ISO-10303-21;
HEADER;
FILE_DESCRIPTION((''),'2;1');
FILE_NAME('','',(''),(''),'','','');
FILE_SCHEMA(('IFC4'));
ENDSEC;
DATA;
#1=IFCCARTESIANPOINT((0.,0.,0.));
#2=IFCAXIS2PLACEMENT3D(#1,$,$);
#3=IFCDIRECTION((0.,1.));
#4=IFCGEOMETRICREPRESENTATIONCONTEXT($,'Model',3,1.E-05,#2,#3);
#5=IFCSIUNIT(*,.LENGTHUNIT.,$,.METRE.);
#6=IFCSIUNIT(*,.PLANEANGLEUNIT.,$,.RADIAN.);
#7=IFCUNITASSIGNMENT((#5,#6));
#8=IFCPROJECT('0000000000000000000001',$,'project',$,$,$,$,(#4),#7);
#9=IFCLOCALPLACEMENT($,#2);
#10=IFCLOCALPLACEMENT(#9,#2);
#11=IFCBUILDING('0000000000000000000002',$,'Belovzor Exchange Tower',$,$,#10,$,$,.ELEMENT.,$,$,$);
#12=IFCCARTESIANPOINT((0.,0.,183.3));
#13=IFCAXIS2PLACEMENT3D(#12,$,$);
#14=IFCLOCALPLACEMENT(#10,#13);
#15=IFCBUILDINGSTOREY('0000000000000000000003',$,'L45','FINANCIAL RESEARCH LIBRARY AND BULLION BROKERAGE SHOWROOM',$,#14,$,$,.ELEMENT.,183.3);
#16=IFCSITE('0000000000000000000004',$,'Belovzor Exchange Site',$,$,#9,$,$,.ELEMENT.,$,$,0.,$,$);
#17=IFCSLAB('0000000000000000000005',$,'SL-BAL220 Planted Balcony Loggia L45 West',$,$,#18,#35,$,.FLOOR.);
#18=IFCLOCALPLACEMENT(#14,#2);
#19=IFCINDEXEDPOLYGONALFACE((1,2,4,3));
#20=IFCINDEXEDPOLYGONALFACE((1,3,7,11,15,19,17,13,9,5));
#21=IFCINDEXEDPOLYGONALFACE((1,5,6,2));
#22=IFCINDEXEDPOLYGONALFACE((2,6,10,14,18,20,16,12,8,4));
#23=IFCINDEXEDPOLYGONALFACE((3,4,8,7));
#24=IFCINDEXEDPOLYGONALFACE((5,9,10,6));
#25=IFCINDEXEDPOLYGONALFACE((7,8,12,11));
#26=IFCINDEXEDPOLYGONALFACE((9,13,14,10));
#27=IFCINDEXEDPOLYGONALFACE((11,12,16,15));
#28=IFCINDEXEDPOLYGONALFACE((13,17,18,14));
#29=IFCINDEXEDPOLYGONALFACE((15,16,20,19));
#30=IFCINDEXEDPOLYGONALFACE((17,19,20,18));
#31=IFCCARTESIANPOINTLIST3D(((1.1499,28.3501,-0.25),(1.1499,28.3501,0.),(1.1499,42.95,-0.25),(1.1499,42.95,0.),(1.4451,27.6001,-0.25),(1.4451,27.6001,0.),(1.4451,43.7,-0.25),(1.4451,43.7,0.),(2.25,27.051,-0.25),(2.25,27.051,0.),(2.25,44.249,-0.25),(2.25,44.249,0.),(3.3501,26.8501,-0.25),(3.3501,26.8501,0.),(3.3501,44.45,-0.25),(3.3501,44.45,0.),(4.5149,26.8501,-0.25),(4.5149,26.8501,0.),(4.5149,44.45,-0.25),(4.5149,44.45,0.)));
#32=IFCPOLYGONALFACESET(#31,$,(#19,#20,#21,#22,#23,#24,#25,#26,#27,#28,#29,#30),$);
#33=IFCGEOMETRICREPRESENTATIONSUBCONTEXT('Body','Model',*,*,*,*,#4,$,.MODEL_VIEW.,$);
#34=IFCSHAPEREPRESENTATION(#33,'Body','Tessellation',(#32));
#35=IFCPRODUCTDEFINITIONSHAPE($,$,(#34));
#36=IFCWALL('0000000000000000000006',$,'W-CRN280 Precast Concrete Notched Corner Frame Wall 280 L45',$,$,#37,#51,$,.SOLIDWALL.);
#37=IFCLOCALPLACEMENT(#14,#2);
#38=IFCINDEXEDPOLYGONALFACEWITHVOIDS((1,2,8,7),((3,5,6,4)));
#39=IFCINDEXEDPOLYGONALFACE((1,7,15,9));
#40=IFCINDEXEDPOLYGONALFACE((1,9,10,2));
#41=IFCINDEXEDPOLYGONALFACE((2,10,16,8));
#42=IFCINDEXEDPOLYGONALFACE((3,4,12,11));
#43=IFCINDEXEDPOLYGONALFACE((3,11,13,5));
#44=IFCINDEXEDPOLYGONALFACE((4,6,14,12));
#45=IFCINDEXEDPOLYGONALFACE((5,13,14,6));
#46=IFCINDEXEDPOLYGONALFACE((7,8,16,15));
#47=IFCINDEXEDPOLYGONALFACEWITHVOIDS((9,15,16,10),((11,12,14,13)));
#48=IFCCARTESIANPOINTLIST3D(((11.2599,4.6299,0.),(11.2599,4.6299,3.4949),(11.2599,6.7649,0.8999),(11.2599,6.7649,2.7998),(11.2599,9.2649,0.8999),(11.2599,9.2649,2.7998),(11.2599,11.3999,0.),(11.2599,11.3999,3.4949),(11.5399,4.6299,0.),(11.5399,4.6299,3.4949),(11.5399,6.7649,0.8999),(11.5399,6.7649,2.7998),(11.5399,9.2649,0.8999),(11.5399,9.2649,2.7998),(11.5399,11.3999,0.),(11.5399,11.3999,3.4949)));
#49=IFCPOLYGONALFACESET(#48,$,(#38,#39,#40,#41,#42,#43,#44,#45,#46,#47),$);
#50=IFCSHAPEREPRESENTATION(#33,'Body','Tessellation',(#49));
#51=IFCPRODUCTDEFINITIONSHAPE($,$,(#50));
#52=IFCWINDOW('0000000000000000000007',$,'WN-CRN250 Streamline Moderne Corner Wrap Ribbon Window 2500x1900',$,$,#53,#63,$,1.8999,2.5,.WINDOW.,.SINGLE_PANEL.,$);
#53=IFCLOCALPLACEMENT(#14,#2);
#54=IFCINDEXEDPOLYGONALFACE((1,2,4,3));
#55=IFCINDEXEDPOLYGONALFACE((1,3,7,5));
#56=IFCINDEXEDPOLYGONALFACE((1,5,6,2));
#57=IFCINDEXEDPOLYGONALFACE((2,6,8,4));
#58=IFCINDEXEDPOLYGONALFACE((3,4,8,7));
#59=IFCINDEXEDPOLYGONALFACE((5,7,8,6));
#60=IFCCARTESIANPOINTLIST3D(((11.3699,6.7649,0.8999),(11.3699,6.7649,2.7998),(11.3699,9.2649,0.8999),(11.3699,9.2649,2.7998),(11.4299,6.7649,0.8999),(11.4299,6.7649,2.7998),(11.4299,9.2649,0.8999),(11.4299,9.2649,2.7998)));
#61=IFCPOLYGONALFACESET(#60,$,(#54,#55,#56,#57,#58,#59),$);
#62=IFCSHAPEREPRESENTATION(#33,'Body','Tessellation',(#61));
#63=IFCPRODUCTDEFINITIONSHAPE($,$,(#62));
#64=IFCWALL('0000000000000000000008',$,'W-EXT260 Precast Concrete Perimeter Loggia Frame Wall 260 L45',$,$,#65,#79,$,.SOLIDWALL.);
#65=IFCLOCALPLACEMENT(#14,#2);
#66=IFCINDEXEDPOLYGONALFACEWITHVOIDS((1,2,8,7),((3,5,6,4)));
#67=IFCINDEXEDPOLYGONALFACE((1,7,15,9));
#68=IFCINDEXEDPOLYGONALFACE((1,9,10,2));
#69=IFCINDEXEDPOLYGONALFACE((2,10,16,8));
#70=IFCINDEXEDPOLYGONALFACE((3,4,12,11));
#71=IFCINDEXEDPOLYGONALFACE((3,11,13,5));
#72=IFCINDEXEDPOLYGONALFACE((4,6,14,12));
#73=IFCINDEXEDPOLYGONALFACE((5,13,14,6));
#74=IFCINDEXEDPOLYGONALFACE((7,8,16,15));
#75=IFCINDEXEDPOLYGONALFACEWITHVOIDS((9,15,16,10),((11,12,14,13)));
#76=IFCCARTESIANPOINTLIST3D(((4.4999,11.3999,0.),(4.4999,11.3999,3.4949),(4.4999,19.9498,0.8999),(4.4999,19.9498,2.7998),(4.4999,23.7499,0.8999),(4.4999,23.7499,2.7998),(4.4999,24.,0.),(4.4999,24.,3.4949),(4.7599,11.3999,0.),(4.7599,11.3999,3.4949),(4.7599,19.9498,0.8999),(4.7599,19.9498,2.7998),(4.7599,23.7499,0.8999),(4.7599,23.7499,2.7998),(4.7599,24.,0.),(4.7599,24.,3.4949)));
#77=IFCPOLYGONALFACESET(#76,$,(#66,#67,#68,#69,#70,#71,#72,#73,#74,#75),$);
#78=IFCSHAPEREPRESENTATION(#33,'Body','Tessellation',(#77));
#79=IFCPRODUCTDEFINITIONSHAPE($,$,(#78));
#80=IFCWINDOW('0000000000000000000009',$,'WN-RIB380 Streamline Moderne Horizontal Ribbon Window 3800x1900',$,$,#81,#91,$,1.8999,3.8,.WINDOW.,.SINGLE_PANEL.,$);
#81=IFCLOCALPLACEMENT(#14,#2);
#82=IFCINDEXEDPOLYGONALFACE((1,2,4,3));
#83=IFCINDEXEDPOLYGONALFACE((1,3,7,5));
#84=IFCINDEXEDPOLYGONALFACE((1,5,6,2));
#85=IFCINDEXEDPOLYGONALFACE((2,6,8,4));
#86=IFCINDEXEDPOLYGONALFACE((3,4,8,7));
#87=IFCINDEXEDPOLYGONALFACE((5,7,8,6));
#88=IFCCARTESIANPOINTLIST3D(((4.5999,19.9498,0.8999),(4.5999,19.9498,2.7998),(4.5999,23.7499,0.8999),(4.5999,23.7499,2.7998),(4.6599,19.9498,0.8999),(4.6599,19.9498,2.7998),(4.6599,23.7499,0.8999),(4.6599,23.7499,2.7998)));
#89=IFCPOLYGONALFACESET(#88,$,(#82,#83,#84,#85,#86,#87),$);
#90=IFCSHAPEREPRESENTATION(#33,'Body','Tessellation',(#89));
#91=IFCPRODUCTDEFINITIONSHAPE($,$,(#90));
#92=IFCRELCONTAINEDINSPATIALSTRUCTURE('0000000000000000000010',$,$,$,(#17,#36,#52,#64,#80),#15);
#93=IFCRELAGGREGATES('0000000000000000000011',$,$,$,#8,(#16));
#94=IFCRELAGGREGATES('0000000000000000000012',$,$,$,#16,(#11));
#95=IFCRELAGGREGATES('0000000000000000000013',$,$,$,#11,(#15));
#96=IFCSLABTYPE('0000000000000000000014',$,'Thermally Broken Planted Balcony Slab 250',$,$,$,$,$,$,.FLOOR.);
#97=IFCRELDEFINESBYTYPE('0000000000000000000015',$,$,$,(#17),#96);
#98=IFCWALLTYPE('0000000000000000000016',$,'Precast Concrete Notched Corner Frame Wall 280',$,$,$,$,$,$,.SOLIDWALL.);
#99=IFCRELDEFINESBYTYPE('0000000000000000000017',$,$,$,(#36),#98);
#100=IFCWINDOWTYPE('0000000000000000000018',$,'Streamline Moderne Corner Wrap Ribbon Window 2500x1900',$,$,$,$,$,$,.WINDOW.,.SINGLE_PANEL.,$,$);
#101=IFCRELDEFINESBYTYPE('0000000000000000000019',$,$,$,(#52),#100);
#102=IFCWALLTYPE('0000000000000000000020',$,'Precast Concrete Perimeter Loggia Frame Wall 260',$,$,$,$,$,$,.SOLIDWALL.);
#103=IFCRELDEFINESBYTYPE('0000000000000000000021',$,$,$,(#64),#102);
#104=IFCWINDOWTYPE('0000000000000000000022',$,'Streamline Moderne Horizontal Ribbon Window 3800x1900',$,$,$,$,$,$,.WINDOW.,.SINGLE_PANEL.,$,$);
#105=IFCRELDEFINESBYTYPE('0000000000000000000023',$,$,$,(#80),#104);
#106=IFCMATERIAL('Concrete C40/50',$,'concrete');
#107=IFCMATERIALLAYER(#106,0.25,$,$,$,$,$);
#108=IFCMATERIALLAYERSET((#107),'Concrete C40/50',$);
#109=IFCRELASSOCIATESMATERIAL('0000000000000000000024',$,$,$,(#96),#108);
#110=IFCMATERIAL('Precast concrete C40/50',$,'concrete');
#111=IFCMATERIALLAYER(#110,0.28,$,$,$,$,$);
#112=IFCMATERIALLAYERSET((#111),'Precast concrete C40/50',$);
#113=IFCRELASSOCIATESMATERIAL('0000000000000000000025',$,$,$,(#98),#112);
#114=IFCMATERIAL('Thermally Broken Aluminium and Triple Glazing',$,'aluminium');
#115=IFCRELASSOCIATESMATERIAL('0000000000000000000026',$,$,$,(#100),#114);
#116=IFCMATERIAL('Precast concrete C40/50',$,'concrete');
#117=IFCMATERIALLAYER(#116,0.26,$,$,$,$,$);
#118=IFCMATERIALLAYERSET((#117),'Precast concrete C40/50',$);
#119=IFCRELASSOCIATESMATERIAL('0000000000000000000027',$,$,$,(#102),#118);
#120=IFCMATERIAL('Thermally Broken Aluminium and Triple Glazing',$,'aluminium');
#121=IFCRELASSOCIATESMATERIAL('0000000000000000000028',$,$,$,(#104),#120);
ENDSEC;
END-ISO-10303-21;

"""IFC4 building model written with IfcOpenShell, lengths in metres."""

from ifc_helpers import new_model, si_unit, direction, frame, frame_2d, origin, place, context, subcontext, project, spatial, polyline, rectangle, outline, extrude, material, layer, layer_set, type_object, element, fill, save


model = new_model("IFC4")

# Units and contexts
model_context = context("Model", 3, precision=1e-05, world=origin(), true_north=direction((0.0, 1.0)))
body_context = subcontext(model_context, "Body", "Model", "MODEL_VIEW")
ifc_project = project(units=[si_unit("LENGTHUNIT", "METRE"), si_unit("PLANEANGLEUNIT", "RADIAN")], contexts=[model_context])

# Site, building, storey
site_placement = place(None, origin())
site = spatial("IfcSite", under=ifc_project, at=site_placement, Name="Belovzor Exchange Site", CompositionType="ELEMENT", RefElevation=0.0)
building_placement = place(site_placement, origin())
building = spatial("IfcBuilding", under=site, at=building_placement, Name="Belovzor Exchange Tower", CompositionType="ELEMENT")
storey_placement = place(building_placement, frame((0.0, 0.0, 183.3)))
storey = spatial("IfcBuildingStorey", under=building, at=storey_placement, Name="L45", Description="FINANCIAL RESEARCH LIBRARY AND BULLION BROKERAGE SHOWROOM", CompositionType="ELEMENT", Elevation=183.3)

# Slab
ifc_material_1 = material(Name="Concrete C40/50", Category="concrete")
ifc_layer_1 = layer(ifc_material_1, 0.25)
ifc_layer_set_1 = layer_set([ifc_layer_1], Name="Concrete C40/50")
slab_type_1 = type_object("IfcSlabType", Name="Thermally Broken Planted Balcony Slab 250", PredefinedType="FLOOR", material=ifc_layer_set_1)
slab_1_placement = place(storey_placement, frame((0.0, 0.0, -0.25)))
element("IfcSlab", 1, at=slab_1_placement, inside=storey, type_object=slab_type_1, Name="SL-BAL220 Planted Balcony Loggia L45 West", PredefinedType="FLOOR", context=body_context, shape_type="SweptSolid", body=[
    extrude(outline(polyline([(4.5149, 44.45), (3.3501, 44.45), (2.25, 44.249), (1.4451, 43.7), (1.1499, 42.95), (1.1499, 28.3501), (1.4451, 27.6001), (2.25, 27.051), (3.3501, 26.8501), (4.5149, 26.8501), (4.5149, 44.45)])), origin(), (0.0, 0.0, 1.0), 0.25),
])

# Walls, openings, windows
ifc_material_2 = material(Name="Precast concrete C40/50", Category="concrete")
ifc_layer_2 = layer(ifc_material_2, 0.28)
ifc_layer_set_2 = layer_set([ifc_layer_2], Name="Precast concrete C40/50")
wall_type_1 = type_object("IfcWallType", Name="Precast Concrete Notched Corner Frame Wall 280", PredefinedType="SOLIDWALL", material=ifc_layer_set_2)
wall_1_placement = place(storey_placement, frame((11.3999, 4.6299, 0.0), z_axis=(0.0, 0.0, 1.0), x_axis=(0.0, 1.0, 0.0)))
wall_1 = element("IfcWall", 2, at=wall_1_placement, inside=storey, type_object=wall_type_1, Name="W-CRN280 Precast Concrete Notched Corner Frame Wall 280 L45", PredefinedType="SOLIDWALL", context=body_context, shape_type="SweptSolid", body=[
    extrude(rectangle(XDim=6.77, YDim=0.28, at=frame_2d((3.385, 0.0))), origin(), (0.0, 0.0, 1.0), 3.4949),
])
opening_1_placement = place(wall_1_placement, frame((2.135, 0.0, 0.8999)))
opening_1 = element("IfcOpeningElement", 3, at=opening_1_placement, cuts=wall_1, PredefinedType="OPENING", context=body_context, shape_type="SweptSolid", body=[
    extrude(rectangle(XDim=2.5, YDim=1.8999, at=frame_2d((1.25, 0.95))), frame((0.0, 0.1499, 0.0), z_axis=(0.0, -1.0, 0.0), x_axis=(1.0, 0.0, 0.0)), (0.0, 0.0, 1.0), 0.3),
])
ifc_material_3 = material(Name="Thermally Broken Aluminium and Triple Glazing", Category="aluminium")
window_type_1 = type_object("IfcWindowType", Name="Streamline Moderne Corner Wrap Ribbon Window 2500x1900", PartitioningType="SINGLE_PANEL", PredefinedType="WINDOW", material=ifc_material_3)
window_1_placement = place(opening_1_placement, origin())
window_1 = element("IfcWindow", 4, at=window_1_placement, inside=storey, type_object=window_type_1, Name="WN-CRN250 Streamline Moderne Corner Wrap Ribbon Window 2500x1900", OverallHeight=1.8999, OverallWidth=2.5, PartitioningType="SINGLE_PANEL", PredefinedType="WINDOW", context=body_context, shape_type="SweptSolid", body=[
    extrude(rectangle(XDim=2.5, YDim=1.8999, at=frame_2d((1.25, 0.95))), frame((0.0, 0.03, 0.0), z_axis=(0.0, -1.0, 0.0), x_axis=(1.0, 0.0, 0.0)), (0.0, 0.0, 1.0), 0.0601),
])
fill(opening_1, window_1)
ifc_material_4 = material(Name="Precast concrete C40/50", Category="concrete")
ifc_layer_3 = layer(ifc_material_4, 0.26)
ifc_layer_set_3 = layer_set([ifc_layer_3], Name="Precast concrete C40/50")
wall_type_2 = type_object("IfcWallType", Name="Precast Concrete Perimeter Loggia Frame Wall 260", PredefinedType="SOLIDWALL", material=ifc_layer_set_3)
wall_2_placement = place(storey_placement, frame((4.6299, 11.3999, 0.0), z_axis=(0.0, 0.0, 1.0), x_axis=(0.0, 1.0, 0.0)))
wall_2 = element("IfcWall", 5, at=wall_2_placement, inside=storey, type_object=wall_type_2, Name="W-EXT260 Precast Concrete Perimeter Loggia Frame Wall 260 L45", PredefinedType="SOLIDWALL", context=body_context, shape_type="SweptSolid", body=[
    extrude(rectangle(XDim=12.6001, YDim=0.26, at=frame_2d((6.3, 0.0))), origin(), (0.0, 0.0, 1.0), 3.4949),
])
opening_2_placement = place(wall_2_placement, frame((8.55, 0.0, 0.8999)))
opening_2 = element("IfcOpeningElement", 6, at=opening_2_placement, cuts=wall_2, PredefinedType="OPENING", context=body_context, shape_type="SweptSolid", body=[
    extrude(rectangle(XDim=3.8, YDim=1.8999, at=frame_2d((1.8999, 0.95))), frame((0.0, 0.1399, 0.0), z_axis=(0.0, -1.0, 0.0), x_axis=(1.0, 0.0, 0.0)), (0.0, 0.0, 1.0), 0.28),
])
ifc_material_5 = material(Name="Thermally Broken Aluminium and Triple Glazing", Category="aluminium")
window_type_2 = type_object("IfcWindowType", Name="Streamline Moderne Horizontal Ribbon Window 3800x1900", PartitioningType="SINGLE_PANEL", PredefinedType="WINDOW", material=ifc_material_5)
window_2_placement = place(opening_2_placement, origin())
window_2 = element("IfcWindow", 7, at=window_2_placement, inside=storey, type_object=window_type_2, Name="WN-RIB380 Streamline Moderne Horizontal Ribbon Window 3800x1900", OverallHeight=1.8999, OverallWidth=3.8, PartitioningType="SINGLE_PANEL", PredefinedType="WINDOW", context=body_context, shape_type="SweptSolid", body=[
    extrude(rectangle(XDim=3.8, YDim=1.8999, at=frame_2d((1.8999, 0.95))), frame((0.0, 0.03, 0.0), z_axis=(0.0, -1.0, 0.0), x_axis=(1.0, 0.0, 0.0)), (0.0, 0.0, 1.0), 0.0601),
])
fill(opening_2, window_2)

save(model, "model.ifc")
